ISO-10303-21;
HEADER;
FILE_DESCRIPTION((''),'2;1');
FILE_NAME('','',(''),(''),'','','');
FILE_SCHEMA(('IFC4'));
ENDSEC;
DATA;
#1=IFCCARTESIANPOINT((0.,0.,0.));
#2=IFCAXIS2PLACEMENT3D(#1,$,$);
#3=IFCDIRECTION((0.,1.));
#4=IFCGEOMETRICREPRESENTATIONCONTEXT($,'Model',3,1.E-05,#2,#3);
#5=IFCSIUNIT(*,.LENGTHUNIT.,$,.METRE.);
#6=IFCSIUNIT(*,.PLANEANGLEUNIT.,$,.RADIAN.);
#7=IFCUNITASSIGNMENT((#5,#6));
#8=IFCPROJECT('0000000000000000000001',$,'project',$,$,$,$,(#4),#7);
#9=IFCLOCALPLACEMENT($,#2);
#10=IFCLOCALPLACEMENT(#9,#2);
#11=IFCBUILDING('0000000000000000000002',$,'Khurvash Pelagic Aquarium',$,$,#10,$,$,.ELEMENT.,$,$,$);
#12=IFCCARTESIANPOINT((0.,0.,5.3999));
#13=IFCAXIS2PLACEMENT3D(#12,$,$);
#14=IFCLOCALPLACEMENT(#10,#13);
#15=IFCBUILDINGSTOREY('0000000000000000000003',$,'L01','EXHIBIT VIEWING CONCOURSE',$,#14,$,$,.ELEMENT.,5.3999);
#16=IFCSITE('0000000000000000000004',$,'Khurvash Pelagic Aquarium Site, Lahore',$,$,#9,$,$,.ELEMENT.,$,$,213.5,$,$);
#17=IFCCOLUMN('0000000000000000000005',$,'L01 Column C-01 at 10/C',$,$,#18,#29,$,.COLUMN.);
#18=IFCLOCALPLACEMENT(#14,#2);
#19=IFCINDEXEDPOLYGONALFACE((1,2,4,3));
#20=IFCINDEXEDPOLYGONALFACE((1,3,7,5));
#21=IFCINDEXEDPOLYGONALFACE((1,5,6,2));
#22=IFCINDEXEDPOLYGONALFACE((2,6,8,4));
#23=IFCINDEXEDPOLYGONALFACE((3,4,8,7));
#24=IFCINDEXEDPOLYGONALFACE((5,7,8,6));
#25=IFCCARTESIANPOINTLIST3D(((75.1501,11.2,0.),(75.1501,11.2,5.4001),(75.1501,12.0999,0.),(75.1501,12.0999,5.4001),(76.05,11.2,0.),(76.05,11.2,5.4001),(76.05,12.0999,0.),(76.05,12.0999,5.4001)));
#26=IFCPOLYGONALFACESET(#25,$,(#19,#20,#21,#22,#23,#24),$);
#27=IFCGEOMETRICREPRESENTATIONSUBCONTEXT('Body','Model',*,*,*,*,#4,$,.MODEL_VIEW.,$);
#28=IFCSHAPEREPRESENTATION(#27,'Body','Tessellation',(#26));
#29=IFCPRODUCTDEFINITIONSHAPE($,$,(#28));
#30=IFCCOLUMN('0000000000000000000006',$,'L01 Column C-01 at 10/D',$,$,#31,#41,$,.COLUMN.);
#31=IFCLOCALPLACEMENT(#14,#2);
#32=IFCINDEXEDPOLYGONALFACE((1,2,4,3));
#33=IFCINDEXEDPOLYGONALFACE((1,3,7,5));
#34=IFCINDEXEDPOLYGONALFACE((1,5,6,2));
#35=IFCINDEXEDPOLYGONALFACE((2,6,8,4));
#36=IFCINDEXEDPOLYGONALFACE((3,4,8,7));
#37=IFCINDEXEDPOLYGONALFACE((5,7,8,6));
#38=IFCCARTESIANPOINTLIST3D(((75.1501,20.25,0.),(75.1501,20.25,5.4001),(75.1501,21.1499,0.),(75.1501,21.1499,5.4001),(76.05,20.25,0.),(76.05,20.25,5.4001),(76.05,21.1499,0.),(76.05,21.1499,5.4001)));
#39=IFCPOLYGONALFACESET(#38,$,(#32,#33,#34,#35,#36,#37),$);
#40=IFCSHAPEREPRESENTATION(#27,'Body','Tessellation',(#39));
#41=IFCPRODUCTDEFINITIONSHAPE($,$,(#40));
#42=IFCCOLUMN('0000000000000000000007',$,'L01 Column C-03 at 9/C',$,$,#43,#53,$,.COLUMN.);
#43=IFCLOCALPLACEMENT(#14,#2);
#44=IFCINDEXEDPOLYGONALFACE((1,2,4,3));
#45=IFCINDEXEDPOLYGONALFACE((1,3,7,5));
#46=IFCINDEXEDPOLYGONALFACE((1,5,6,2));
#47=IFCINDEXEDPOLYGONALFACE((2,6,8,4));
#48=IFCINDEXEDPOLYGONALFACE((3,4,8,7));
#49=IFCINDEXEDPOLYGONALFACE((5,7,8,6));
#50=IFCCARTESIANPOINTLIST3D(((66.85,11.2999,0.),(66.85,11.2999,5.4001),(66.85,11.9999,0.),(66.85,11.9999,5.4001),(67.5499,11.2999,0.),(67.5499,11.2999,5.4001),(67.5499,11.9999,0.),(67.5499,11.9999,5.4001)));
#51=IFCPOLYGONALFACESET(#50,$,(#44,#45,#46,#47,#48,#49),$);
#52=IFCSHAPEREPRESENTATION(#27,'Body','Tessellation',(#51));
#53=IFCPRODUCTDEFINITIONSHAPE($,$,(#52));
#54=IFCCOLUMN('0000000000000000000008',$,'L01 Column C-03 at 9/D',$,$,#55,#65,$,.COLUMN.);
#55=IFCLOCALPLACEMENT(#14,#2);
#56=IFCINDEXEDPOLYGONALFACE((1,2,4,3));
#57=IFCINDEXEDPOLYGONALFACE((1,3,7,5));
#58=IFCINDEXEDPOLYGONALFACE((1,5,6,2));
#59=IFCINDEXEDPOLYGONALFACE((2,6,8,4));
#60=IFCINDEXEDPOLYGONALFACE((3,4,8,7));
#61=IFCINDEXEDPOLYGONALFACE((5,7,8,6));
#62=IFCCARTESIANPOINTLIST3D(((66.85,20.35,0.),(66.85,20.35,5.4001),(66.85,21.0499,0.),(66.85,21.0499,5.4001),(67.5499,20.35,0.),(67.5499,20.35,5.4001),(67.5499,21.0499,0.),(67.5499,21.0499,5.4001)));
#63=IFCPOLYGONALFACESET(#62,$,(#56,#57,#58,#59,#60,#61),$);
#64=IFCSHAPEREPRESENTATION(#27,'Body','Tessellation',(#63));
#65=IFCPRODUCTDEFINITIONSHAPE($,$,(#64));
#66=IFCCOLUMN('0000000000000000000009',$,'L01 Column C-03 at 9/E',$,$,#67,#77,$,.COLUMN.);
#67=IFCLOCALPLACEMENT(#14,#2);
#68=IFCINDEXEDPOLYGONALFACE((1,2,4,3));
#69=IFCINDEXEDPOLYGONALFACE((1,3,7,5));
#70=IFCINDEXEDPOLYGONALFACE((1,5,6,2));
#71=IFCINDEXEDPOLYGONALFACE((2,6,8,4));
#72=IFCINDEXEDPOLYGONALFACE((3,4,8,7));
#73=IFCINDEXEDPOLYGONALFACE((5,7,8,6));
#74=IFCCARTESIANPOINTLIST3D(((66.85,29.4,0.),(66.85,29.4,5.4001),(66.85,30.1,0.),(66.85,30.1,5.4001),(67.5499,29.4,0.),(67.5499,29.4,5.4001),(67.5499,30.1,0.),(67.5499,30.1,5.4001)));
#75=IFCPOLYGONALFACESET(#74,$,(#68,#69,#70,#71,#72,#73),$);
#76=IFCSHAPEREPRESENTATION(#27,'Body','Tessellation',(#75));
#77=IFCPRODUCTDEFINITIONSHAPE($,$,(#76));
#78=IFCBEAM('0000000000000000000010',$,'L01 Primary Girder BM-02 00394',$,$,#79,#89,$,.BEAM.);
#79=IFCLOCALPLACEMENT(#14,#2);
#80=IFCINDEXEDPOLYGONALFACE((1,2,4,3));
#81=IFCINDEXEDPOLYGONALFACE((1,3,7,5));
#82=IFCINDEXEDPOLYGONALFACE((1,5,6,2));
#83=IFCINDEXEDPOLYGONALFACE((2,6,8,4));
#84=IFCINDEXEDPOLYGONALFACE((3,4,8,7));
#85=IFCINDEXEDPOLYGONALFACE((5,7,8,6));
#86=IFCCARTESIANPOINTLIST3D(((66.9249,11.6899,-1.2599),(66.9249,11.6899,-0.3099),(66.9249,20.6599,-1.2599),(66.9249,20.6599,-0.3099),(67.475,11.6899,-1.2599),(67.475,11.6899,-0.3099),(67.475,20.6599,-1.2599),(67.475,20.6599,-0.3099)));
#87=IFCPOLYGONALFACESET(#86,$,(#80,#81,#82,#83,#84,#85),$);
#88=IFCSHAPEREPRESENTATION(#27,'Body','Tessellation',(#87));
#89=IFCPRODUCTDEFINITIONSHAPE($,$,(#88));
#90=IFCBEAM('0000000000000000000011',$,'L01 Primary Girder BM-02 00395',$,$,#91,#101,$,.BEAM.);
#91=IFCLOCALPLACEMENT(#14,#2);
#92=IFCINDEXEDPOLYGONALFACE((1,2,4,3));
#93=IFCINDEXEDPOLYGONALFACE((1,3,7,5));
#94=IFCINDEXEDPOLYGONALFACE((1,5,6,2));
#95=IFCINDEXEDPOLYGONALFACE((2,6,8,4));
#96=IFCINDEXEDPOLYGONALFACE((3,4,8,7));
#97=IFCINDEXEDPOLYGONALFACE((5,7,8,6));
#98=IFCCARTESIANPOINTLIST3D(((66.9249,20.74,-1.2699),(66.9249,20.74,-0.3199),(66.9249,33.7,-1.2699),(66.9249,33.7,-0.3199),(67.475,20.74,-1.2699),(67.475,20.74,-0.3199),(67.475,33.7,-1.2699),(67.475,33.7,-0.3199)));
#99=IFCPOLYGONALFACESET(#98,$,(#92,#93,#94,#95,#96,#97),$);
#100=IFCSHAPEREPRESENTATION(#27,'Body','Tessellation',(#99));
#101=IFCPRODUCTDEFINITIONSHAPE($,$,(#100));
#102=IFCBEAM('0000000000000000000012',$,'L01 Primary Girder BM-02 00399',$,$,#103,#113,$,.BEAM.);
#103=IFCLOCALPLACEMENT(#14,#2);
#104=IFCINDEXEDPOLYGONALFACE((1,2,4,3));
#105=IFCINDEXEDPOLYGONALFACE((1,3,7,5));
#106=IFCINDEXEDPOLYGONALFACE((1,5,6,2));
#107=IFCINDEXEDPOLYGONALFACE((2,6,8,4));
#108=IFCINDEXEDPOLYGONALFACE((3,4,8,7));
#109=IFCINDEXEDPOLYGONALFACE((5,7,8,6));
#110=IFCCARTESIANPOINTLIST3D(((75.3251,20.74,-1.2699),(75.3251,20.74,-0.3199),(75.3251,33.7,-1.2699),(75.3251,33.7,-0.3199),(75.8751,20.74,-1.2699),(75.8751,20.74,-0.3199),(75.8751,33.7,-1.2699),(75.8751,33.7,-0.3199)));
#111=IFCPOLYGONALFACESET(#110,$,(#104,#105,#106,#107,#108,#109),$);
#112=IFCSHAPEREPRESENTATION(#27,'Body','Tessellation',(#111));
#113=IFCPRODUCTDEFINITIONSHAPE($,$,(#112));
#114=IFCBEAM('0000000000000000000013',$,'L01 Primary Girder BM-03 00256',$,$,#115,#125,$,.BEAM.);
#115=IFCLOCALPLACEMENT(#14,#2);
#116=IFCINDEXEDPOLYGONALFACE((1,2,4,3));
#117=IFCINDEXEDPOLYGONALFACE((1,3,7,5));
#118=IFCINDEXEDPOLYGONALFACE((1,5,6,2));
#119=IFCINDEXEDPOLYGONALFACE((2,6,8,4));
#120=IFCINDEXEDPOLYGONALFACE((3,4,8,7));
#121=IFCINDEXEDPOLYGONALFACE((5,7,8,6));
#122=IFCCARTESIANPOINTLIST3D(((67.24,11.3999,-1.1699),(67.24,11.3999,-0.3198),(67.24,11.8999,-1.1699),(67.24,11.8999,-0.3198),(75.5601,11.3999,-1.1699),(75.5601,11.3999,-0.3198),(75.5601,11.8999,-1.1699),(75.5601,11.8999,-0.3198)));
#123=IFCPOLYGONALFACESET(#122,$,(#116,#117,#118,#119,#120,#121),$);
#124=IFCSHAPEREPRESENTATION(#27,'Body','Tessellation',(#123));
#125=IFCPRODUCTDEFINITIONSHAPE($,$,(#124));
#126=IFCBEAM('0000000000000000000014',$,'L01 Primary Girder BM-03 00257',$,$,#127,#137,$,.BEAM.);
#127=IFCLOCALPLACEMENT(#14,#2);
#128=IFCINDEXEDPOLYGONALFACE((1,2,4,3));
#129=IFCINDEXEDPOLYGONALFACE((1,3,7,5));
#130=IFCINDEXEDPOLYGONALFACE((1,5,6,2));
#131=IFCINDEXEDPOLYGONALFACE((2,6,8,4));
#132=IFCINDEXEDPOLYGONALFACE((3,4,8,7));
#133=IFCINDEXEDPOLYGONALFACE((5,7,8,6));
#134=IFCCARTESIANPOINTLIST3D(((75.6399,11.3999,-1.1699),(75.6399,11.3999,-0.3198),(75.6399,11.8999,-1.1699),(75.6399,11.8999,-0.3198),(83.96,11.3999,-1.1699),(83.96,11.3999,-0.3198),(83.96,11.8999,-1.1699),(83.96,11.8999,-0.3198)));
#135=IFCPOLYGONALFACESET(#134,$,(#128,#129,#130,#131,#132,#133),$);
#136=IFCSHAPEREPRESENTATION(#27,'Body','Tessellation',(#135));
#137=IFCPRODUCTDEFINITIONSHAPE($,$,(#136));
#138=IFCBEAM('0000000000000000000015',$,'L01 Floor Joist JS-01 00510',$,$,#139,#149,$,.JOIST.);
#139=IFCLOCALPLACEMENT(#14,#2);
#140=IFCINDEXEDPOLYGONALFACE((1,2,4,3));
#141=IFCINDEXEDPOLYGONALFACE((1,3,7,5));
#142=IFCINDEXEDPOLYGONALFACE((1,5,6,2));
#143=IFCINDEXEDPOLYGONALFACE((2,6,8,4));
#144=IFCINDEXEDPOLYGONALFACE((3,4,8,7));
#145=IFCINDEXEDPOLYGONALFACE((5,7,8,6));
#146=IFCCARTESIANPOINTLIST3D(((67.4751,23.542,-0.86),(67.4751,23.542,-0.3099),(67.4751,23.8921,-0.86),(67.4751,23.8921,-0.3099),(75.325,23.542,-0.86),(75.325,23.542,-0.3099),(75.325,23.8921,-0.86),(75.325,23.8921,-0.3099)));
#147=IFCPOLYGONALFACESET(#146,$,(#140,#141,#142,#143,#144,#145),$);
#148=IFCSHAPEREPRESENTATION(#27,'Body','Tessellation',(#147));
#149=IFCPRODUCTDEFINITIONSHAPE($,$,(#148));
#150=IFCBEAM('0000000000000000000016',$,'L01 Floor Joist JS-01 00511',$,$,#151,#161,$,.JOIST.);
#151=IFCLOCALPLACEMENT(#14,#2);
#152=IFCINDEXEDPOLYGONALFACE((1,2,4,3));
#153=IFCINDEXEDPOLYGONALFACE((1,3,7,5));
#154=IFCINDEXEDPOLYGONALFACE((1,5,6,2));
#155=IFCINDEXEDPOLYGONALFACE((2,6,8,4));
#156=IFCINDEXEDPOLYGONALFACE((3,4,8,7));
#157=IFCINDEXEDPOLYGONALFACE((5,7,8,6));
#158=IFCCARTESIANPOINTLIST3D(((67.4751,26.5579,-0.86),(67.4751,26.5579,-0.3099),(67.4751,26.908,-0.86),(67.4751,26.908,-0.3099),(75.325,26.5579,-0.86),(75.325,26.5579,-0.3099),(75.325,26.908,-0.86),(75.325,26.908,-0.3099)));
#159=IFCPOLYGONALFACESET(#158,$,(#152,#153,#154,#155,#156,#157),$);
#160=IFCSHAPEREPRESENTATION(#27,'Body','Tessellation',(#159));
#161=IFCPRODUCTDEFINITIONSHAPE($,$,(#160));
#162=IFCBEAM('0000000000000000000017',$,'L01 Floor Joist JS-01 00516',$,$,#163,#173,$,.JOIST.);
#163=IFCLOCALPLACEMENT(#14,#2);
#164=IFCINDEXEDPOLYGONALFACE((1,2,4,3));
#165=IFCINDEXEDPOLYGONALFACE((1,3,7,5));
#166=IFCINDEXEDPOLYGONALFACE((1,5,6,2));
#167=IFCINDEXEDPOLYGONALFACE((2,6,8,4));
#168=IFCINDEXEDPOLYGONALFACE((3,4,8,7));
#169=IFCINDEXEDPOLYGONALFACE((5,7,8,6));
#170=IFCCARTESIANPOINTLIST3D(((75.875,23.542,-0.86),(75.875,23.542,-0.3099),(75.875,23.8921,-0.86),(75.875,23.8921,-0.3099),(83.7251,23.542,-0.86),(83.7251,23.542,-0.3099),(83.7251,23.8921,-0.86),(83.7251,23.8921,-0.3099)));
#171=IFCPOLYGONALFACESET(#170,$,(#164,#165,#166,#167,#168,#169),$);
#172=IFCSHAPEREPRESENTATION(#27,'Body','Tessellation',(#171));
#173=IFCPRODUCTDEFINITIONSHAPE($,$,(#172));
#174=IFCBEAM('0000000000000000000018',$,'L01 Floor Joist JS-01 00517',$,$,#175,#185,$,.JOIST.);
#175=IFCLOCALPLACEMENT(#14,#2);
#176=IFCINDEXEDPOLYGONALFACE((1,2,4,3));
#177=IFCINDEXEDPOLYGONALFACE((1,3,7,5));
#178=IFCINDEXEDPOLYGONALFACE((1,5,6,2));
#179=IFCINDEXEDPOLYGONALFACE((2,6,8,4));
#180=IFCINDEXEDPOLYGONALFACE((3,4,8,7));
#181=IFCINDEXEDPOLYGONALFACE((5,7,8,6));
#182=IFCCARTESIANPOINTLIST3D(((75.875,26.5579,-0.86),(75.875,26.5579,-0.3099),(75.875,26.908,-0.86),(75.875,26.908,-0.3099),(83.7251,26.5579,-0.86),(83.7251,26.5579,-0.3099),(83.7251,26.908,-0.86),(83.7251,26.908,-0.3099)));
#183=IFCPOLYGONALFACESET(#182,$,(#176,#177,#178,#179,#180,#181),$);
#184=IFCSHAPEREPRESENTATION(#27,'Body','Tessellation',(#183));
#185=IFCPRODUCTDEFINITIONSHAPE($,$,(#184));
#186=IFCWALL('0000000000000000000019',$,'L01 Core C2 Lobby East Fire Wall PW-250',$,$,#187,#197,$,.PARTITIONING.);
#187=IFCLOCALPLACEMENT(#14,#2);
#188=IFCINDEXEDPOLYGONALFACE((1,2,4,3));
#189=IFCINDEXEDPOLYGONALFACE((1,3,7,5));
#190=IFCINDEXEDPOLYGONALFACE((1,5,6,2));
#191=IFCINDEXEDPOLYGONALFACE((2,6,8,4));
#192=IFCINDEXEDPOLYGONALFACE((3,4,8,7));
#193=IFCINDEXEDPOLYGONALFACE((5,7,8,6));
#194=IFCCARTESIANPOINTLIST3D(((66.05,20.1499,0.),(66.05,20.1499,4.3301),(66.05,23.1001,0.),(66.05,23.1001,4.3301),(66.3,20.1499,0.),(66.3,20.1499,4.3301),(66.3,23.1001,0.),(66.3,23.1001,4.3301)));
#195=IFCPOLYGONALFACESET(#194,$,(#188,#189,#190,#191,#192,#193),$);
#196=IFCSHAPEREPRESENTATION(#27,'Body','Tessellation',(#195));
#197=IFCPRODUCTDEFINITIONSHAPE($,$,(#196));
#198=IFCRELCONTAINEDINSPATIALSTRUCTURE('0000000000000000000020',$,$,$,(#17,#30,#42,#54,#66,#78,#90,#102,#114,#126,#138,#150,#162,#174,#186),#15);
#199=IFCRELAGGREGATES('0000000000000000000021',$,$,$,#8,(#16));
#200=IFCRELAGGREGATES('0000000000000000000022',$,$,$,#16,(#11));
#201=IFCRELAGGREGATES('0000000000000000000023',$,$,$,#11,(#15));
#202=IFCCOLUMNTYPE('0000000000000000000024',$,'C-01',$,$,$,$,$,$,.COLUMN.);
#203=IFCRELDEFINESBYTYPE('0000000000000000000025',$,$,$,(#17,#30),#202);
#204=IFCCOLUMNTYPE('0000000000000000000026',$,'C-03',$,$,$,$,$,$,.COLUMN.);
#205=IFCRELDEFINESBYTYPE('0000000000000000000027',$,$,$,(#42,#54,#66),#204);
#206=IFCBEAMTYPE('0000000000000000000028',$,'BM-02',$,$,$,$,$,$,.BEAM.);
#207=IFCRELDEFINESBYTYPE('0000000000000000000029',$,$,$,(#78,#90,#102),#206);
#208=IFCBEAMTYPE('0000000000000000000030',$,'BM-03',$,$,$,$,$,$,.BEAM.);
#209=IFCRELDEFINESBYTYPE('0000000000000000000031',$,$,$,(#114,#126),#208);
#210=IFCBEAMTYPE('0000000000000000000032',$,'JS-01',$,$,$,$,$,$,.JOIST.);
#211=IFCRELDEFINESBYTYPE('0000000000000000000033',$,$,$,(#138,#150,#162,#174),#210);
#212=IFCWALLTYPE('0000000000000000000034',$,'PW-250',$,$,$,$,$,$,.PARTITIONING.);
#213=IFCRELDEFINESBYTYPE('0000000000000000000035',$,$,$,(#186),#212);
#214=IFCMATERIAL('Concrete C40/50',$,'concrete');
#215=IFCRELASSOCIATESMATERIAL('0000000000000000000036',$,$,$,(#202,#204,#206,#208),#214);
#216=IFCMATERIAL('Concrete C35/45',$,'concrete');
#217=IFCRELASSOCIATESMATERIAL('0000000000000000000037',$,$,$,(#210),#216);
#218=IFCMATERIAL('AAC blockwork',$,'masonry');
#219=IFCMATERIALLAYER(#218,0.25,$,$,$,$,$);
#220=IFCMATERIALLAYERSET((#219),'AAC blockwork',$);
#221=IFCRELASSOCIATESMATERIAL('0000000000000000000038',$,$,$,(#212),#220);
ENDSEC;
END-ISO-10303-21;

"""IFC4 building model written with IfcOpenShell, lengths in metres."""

from ifc_helpers import new_model, si_unit, direction, frame, frame_2d, origin, origin_2d, place, context, subcontext, project, spatial, rectangle, extrude, material, layer, layer_set, material_profile, profile_set, type_object, element, save


model = new_model("IFC4")

# Units and contexts
model_context = context("Model", 3, precision=1e-05, world=origin(), true_north=direction((0.0, 1.0)))
body_context = subcontext(model_context, "Body", "Model", "MODEL_VIEW")
ifc_project = project(units=[si_unit("LENGTHUNIT", "METRE"), si_unit("PLANEANGLEUNIT", "RADIAN")], contexts=[model_context])

# Site, building, storey
site_placement = place(None, origin())
site = spatial("IfcSite", under=ifc_project, at=site_placement, Name="Khurvash Pelagic Aquarium Site, Lahore", CompositionType="ELEMENT", RefElevation=213.5)
building_placement = place(site_placement, origin())
building = spatial("IfcBuilding", under=site, at=building_placement, Name="Khurvash Pelagic Aquarium", CompositionType="ELEMENT")
storey_placement = place(building_placement, frame((0.0, 0.0, 5.3999)))
storey = spatial("IfcBuildingStorey", under=building, at=storey_placement, Name="L01", Description="EXHIBIT VIEWING CONCOURSE", CompositionType="ELEMENT", Elevation=5.3999)

# Columns
ifc_material_1 = material(Name="Concrete C40/50", Category="concrete")
ifc_material_profile_1 = material_profile(ifc_material_1, rectangle(XDim=0.8999, YDim=0.8999, at=origin_2d()), Name="RC900X900")
ifc_profile_set_1 = profile_set([ifc_material_profile_1], Name="Concrete C40/50")
column_type_1 = type_object("IfcColumnType", Name="C-01", PredefinedType="COLUMN", material=ifc_profile_set_1)
for number, where, z_axis, x_axis, name in (
    (1, (75.6001, 11.6499, 0.0), (0.0, 0.0, 1.0), (1.0, 0.0, 0.0), "L01 Column C-01 at 10/C"),
    (2, (75.6001, 20.7, 0.0), (0.0, 0.0, 1.0), (1.0, 0.0, 0.0), "L01 Column C-01 at 10/D"),
):
    element("IfcColumn", number, at=place(storey_placement, frame(where, z_axis=z_axis, x_axis=x_axis)), inside=storey, type_object=column_type_1, Name=name, PredefinedType="COLUMN", context=body_context, shape_type="SweptSolid", body=[
        extrude(rectangle(XDim=0.8999, YDim=0.8999, at=origin_2d()), origin(), (0.0, 0.0, 1.0), 5.4001),
    ])
ifc_material_profile_2 = material_profile(ifc_material_1, rectangle(XDim=0.7, YDim=0.7, at=origin_2d()), Name="RC700X700")
ifc_profile_set_2 = profile_set([ifc_material_profile_2], Name="Concrete C40/50")
column_type_2 = type_object("IfcColumnType", Name="C-03", PredefinedType="COLUMN", material=ifc_profile_set_2)
for number, where, z_axis, x_axis, name in (
    (3, (67.2, 11.6499, 0.0), (0.0, 0.0, 1.0), (1.0, 0.0, 0.0), "L01 Column C-03 at 9/C"),
    (4, (67.2, 20.7, 0.0), (0.0, 0.0, 1.0), (1.0, 0.0, 0.0), "L01 Column C-03 at 9/D"),
    (5, (67.2, 29.75, 0.0), (0.0, 0.0, 1.0), (1.0, 0.0, 0.0), "L01 Column C-03 at 9/E"),
):
    element("IfcColumn", number, at=place(storey_placement, frame(where, z_axis=z_axis, x_axis=x_axis)), inside=storey, type_object=column_type_2, Name=name, PredefinedType="COLUMN", context=body_context, shape_type="SweptSolid", body=[
        extrude(rectangle(XDim=0.7, YDim=0.7, at=origin_2d()), origin(), (0.0, 0.0, 1.0), 5.4001),
    ])

# Beams
ifc_material_profile_3 = material_profile(ifc_material_1, rectangle(XDim=0.55, YDim=0.95, at=origin_2d()), Name="RC550X950")
ifc_profile_set_3 = profile_set([ifc_material_profile_3], Name="Concrete C40/50")
beam_type_1 = type_object("IfcBeamType", Name="BM-02", PredefinedType="BEAM", material=ifc_profile_set_3)
beam_placement = place(storey_placement, frame((67.2, 11.6899, -0.7849), z_axis=(0.0, 1.0, 0.0), x_axis=(-1.0, 0.0, 0.0)))
element("IfcBeam", 6, at=beam_placement, inside=storey, type_object=beam_type_1, Name="L01 Primary Girder BM-02 00394", PredefinedType="BEAM", context=body_context, shape_type="SweptSolid", body=[
    extrude(rectangle(XDim=0.55, YDim=0.95, at=origin_2d()), origin(), (0.0, 0.0, 1.0), 8.97),
])
for number, where, z_axis, x_axis, name in (
    (7, (67.2, 20.74, -0.7949), (0.0, 1.0, 0.0), (-1.0, 0.0, 0.0), "L01 Primary Girder BM-02 00395"),
    (8, (75.6001, 20.74, -0.7949), (0.0, 1.0, 0.0), (-1.0, 0.0, 0.0), "L01 Primary Girder BM-02 00399"),
):
    element("IfcBeam", number, at=place(storey_placement, frame(where, z_axis=z_axis, x_axis=x_axis)), inside=storey, type_object=beam_type_1, Name=name, PredefinedType="BEAM", context=body_context, shape_type="SweptSolid", body=[
        extrude(rectangle(XDim=0.55, YDim=0.95, at=origin_2d()), origin(), (0.0, 0.0, 1.0), 12.96),
    ])
ifc_material_profile_4 = material_profile(ifc_material_1, rectangle(XDim=0.5, YDim=0.8501, at=origin_2d()), Name="RC500X850")
ifc_profile_set_4 = profile_set([ifc_material_profile_4], Name="Concrete C40/50")
beam_type_2 = type_object("IfcBeamType", Name="BM-03", PredefinedType="BEAM", material=ifc_profile_set_4)
for number, where, z_axis, x_axis, name in (
    (9, (67.24, 11.6499, -0.7449), (1.0, 0.0, 0.0), (0.0, 1.0, 0.0), "L01 Primary Girder BM-03 00256"),
    (10, (75.6399, 11.6499, -0.7449), (1.0, 0.0, 0.0), (0.0, 1.0, 0.0), "L01 Primary Girder BM-03 00257"),
):
    element("IfcBeam", number, at=place(storey_placement, frame(where, z_axis=z_axis, x_axis=x_axis)), inside=storey, type_object=beam_type_2, Name=name, PredefinedType="BEAM", context=body_context, shape_type="SweptSolid", body=[
        extrude(rectangle(XDim=0.5, YDim=0.8501, at=origin_2d()), origin(), (0.0, 0.0, 1.0), 8.3201),
    ])
ifc_material_2 = material(Name="Concrete C35/45", Category="concrete")
ifc_material_profile_5 = material_profile(ifc_material_2, rectangle(XDim=0.3501, YDim=0.55, at=origin_2d()), Name="RC350X550")
ifc_profile_set_5 = profile_set([ifc_material_profile_5], Name="Concrete C35/45")
beam_type_3 = type_object("IfcBeamType", Name="JS-01", PredefinedType="JOIST", material=ifc_profile_set_5)
for number, where, z_axis, x_axis, name in (
    (11, (67.4751, 23.717, -0.585), (1.0, 0.0, 0.0), (0.0, 1.0, 0.0), "L01 Floor Joist JS-01 00510"),
    (12, (67.4751, 26.7329, -0.585), (1.0, 0.0, 0.0), (0.0, 1.0, 0.0), "L01 Floor Joist JS-01 00511"),
):
    element("IfcBeam", number, at=place(storey_placement, frame(where, z_axis=z_axis, x_axis=x_axis)), inside=storey, type_object=beam_type_3, Name=name, PredefinedType="JOIST", context=body_context, shape_type="SweptSolid", body=[
        extrude(rectangle(XDim=0.3501, YDim=0.55, at=origin_2d()), origin(), (0.0, 0.0, 1.0), 7.8499),
    ])
for number, where, z_axis, x_axis, name in (
    (13, (75.875, 23.717, -0.585), (1.0, 0.0, 0.0), (0.0, 1.0, 0.0), "L01 Floor Joist JS-01 00516"),
    (14, (75.875, 26.7329, -0.585), (1.0, 0.0, 0.0), (0.0, 1.0, 0.0), "L01 Floor Joist JS-01 00517"),
):
    element("IfcBeam", number, at=place(storey_placement, frame(where, z_axis=z_axis, x_axis=x_axis)), inside=storey, type_object=beam_type_3, Name=name, PredefinedType="JOIST", context=body_context, shape_type="SweptSolid", body=[
        extrude(rectangle(XDim=0.3501, YDim=0.55, at=origin_2d()), origin(), (0.0, 0.0, 1.0), 7.8501),
    ])

# Wall
ifc_material_3 = material(Name="AAC blockwork", Category="masonry")
ifc_layer_1 = layer(ifc_material_3, 0.25)
ifc_layer_set_1 = layer_set([ifc_layer_1], Name="AAC blockwork")
wall_type_1 = type_object("IfcWallType", Name="PW-250", PredefinedType="PARTITIONING", material=ifc_layer_set_1)
wall_1_placement = place(storey_placement, frame((66.175, 20.1499, 0.0), z_axis=(0.0, 0.0, 1.0), x_axis=(0.0, 1.0, 0.0)))
element("IfcWall", 15, at=wall_1_placement, inside=storey, type_object=wall_type_1, Name="L01 Core C2 Lobby East Fire Wall PW-250", PredefinedType="PARTITIONING", context=body_context, shape_type="SweptSolid", body=[
    extrude(rectangle(XDim=2.9502, YDim=0.25, at=frame_2d((1.4751, 0.0))), origin(), (0.0, 0.0, 1.0), 4.3301),
])

save(model, "model.ifc")
